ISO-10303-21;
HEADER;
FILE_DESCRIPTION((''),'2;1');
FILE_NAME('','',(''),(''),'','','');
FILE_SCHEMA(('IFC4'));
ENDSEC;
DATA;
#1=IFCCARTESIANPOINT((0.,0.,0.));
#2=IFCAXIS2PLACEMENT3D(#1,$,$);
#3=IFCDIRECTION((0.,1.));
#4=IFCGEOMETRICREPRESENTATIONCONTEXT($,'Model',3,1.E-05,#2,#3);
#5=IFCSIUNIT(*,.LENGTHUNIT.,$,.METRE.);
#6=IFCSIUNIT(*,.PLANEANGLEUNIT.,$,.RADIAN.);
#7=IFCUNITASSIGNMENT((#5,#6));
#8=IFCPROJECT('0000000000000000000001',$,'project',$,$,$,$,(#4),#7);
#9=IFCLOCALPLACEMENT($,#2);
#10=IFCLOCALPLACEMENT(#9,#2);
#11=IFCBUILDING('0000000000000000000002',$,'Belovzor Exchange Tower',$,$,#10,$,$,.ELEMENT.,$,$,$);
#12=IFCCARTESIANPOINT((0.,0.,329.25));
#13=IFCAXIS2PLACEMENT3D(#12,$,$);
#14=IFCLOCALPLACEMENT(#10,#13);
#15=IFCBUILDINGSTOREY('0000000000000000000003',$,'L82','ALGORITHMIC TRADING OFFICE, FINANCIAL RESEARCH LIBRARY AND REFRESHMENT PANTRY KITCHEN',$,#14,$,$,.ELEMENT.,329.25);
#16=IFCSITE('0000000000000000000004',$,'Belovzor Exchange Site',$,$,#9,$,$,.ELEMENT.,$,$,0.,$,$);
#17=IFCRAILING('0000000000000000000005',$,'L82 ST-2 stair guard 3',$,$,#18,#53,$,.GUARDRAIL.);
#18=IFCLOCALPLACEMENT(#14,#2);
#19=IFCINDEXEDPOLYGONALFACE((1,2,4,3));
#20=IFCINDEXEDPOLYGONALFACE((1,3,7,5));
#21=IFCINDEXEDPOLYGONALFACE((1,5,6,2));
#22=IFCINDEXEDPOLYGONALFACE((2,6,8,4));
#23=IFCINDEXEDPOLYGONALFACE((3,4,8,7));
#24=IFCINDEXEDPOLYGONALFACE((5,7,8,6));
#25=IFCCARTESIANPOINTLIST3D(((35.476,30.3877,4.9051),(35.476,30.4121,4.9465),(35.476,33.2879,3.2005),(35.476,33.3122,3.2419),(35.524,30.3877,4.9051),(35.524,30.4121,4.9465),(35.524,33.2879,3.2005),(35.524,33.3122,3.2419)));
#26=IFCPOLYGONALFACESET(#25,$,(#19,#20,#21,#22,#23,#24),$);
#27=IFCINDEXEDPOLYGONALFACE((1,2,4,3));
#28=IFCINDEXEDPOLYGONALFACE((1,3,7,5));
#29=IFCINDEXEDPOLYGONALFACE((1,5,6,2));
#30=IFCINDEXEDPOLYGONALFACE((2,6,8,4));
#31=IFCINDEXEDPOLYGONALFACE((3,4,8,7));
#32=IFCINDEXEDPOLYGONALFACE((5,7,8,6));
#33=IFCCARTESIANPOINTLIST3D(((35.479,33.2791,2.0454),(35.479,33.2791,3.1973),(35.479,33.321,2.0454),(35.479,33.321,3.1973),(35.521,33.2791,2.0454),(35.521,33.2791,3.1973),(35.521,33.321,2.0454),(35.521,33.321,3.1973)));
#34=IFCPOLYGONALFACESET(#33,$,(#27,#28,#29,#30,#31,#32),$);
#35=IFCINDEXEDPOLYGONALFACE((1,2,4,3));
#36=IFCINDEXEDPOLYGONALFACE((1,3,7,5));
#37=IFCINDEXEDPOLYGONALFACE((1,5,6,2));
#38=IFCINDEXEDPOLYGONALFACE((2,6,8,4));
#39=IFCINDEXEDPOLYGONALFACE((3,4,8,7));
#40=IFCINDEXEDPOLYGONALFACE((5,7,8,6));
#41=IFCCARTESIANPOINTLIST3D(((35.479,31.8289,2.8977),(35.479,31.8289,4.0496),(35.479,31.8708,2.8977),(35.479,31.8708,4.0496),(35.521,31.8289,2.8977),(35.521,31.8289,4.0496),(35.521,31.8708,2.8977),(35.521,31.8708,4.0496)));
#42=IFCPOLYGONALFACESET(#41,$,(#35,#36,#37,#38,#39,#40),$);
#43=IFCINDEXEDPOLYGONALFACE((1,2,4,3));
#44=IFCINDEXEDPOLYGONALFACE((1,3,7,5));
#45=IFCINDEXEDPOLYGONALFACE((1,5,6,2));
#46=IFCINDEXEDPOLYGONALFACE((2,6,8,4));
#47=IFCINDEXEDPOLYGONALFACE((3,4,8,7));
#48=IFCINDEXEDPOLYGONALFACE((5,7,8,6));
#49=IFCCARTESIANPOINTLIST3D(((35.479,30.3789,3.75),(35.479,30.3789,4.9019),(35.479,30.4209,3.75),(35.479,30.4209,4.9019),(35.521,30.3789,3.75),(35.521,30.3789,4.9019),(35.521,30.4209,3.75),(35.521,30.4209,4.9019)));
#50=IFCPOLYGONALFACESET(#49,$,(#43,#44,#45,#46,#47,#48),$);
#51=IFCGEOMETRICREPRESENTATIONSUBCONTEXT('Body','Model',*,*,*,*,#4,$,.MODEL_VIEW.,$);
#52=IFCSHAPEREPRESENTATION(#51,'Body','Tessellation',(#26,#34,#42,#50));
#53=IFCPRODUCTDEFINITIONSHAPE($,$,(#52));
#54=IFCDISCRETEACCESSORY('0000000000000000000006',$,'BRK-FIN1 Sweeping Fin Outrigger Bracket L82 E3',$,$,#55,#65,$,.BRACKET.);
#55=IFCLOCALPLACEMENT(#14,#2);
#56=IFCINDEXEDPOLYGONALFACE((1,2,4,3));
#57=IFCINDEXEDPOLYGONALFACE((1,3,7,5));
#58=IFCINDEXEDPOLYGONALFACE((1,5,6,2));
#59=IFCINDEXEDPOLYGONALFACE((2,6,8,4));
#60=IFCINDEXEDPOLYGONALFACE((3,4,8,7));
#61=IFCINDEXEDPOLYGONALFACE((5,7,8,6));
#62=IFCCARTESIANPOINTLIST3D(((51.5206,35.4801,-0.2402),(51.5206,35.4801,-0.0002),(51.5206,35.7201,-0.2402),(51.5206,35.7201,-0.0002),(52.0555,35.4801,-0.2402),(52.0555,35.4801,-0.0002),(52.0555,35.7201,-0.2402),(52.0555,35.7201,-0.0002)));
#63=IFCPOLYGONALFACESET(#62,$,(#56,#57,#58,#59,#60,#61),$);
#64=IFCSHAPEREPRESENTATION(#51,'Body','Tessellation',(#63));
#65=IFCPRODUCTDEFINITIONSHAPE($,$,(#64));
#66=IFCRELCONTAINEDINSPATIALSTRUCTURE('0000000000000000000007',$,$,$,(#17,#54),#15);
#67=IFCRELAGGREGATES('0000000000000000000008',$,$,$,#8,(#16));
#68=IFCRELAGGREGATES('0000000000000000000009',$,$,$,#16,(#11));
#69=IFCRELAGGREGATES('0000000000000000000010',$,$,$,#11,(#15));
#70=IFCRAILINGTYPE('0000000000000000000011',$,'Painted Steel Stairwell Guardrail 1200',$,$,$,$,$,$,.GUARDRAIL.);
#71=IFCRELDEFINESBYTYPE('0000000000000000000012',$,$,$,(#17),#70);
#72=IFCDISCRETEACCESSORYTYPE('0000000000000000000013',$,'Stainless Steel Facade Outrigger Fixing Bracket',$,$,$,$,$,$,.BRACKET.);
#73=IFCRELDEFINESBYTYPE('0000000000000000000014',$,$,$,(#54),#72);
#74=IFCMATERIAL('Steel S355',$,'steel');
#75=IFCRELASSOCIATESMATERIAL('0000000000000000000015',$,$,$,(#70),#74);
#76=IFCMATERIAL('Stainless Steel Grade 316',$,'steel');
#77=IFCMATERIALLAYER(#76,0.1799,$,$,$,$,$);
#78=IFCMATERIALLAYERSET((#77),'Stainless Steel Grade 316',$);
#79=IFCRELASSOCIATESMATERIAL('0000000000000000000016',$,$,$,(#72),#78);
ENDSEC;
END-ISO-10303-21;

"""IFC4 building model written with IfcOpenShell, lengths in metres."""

from ifc_helpers import new_model, si_unit, direction, frame, origin, origin_2d, place, context, subcontext, project, spatial, rectangle, extrude, material, layer, layer_set, type_object, element, save


model = new_model("IFC4")

# Units and contexts
model_context = context("Model", 3, precision=1e-05, world=origin(), true_north=direction((0.0, 1.0)))
body_context = subcontext(model_context, "Body", "Model", "MODEL_VIEW")
ifc_project = project(units=[si_unit("LENGTHUNIT", "METRE"), si_unit("PLANEANGLEUNIT", "RADIAN")], contexts=[model_context])

# Site, building, storey
site_placement = place(None, origin())
site = spatial("IfcSite", under=ifc_project, at=site_placement, Name="Belovzor Exchange Site", CompositionType="ELEMENT", RefElevation=0.0)
building_placement = place(site_placement, origin())
building = spatial("IfcBuilding", under=site, at=building_placement, Name="Belovzor Exchange Tower", CompositionType="ELEMENT")
storey_placement = place(building_placement, frame((0.0, 0.0, 329.25)))
storey = spatial("IfcBuildingStorey", under=building, at=storey_placement, Name="L82", Description="ALGORITHMIC TRADING OFFICE, FINANCIAL RESEARCH LIBRARY AND REFRESHMENT PANTRY KITCHEN", CompositionType="ELEMENT", Elevation=329.25)

# Railing
ifc_material_1 = material(Name="Steel S355", Category="steel")
railing_type_1 = type_object("IfcRailingType", Name="Painted Steel Stairwell Guardrail 1200", PredefinedType="GUARDRAIL", material=ifc_material_1)
railing_1_placement = place(storey_placement, frame((35.5, 33.3, 2.0454)))
element("IfcRailing", 1, at=railing_1_placement, inside=storey, type_object=railing_type_1, Name="L82 ST-2 stair guard 3", PredefinedType="GUARDRAIL", context=body_context, shape_type="SweptSolid", body=[
    extrude(rectangle(XDim=0.0481, YDim=0.0481, at=origin_2d()), frame((0.0, 0.0, 1.1758), z_axis=(0.0, -0.862113, 0.506716), x_axis=(1.0, 0.0, 0.0)), (0.0, 0.0, 1.0), 3.364),
    extrude(rectangle(XDim=0.042, YDim=0.042, at=origin_2d()), origin(), (0.0, 0.0, 1.0), 1.1519),
    extrude(rectangle(XDim=0.042, YDim=0.042, at=origin_2d()), frame((0.0, -1.4502, 0.8523)), (0.0, 0.0, 1.0), 1.1519),
    extrude(rectangle(XDim=0.042, YDim=0.042, at=origin_2d()), frame((0.0, -2.9001, 1.7046)), (0.0, 0.0, 1.0), 1.1519),
])

# Discrete accessory
ifc_material_2 = material(Name="Stainless Steel Grade 316", Category="steel")
ifc_layer_1 = layer(ifc_material_2, 0.1799)
ifc_layer_set_1 = layer_set([ifc_layer_1], Name="Stainless Steel Grade 316")
discrete_accessory_type = type_object("IfcDiscreteAccessoryType", Name="Stainless Steel Facade Outrigger Fixing Bracket", PredefinedType="BRACKET", material=ifc_layer_set_1)
discrete_accessory_placement = place(storey_placement, frame((51.7881, 35.6001, -0.2402), z_axis=(0.0, 0.0, 1.0), x_axis=(1.0, 0.0, 0.0)))
element("IfcDiscreteAccessory", 2, at=discrete_accessory_placement, inside=storey, type_object=discrete_accessory_type, Name="BRK-FIN1 Sweeping Fin Outrigger Bracket L82 E3", PredefinedType="BRACKET", context=body_context, shape_type="SweptSolid", body=[
    extrude(rectangle(XDim=0.5349, YDim=0.24, at=origin_2d()), origin(), (0.0, 0.0, 1.0), 0.24),
])

save(model, "model.ifc")
